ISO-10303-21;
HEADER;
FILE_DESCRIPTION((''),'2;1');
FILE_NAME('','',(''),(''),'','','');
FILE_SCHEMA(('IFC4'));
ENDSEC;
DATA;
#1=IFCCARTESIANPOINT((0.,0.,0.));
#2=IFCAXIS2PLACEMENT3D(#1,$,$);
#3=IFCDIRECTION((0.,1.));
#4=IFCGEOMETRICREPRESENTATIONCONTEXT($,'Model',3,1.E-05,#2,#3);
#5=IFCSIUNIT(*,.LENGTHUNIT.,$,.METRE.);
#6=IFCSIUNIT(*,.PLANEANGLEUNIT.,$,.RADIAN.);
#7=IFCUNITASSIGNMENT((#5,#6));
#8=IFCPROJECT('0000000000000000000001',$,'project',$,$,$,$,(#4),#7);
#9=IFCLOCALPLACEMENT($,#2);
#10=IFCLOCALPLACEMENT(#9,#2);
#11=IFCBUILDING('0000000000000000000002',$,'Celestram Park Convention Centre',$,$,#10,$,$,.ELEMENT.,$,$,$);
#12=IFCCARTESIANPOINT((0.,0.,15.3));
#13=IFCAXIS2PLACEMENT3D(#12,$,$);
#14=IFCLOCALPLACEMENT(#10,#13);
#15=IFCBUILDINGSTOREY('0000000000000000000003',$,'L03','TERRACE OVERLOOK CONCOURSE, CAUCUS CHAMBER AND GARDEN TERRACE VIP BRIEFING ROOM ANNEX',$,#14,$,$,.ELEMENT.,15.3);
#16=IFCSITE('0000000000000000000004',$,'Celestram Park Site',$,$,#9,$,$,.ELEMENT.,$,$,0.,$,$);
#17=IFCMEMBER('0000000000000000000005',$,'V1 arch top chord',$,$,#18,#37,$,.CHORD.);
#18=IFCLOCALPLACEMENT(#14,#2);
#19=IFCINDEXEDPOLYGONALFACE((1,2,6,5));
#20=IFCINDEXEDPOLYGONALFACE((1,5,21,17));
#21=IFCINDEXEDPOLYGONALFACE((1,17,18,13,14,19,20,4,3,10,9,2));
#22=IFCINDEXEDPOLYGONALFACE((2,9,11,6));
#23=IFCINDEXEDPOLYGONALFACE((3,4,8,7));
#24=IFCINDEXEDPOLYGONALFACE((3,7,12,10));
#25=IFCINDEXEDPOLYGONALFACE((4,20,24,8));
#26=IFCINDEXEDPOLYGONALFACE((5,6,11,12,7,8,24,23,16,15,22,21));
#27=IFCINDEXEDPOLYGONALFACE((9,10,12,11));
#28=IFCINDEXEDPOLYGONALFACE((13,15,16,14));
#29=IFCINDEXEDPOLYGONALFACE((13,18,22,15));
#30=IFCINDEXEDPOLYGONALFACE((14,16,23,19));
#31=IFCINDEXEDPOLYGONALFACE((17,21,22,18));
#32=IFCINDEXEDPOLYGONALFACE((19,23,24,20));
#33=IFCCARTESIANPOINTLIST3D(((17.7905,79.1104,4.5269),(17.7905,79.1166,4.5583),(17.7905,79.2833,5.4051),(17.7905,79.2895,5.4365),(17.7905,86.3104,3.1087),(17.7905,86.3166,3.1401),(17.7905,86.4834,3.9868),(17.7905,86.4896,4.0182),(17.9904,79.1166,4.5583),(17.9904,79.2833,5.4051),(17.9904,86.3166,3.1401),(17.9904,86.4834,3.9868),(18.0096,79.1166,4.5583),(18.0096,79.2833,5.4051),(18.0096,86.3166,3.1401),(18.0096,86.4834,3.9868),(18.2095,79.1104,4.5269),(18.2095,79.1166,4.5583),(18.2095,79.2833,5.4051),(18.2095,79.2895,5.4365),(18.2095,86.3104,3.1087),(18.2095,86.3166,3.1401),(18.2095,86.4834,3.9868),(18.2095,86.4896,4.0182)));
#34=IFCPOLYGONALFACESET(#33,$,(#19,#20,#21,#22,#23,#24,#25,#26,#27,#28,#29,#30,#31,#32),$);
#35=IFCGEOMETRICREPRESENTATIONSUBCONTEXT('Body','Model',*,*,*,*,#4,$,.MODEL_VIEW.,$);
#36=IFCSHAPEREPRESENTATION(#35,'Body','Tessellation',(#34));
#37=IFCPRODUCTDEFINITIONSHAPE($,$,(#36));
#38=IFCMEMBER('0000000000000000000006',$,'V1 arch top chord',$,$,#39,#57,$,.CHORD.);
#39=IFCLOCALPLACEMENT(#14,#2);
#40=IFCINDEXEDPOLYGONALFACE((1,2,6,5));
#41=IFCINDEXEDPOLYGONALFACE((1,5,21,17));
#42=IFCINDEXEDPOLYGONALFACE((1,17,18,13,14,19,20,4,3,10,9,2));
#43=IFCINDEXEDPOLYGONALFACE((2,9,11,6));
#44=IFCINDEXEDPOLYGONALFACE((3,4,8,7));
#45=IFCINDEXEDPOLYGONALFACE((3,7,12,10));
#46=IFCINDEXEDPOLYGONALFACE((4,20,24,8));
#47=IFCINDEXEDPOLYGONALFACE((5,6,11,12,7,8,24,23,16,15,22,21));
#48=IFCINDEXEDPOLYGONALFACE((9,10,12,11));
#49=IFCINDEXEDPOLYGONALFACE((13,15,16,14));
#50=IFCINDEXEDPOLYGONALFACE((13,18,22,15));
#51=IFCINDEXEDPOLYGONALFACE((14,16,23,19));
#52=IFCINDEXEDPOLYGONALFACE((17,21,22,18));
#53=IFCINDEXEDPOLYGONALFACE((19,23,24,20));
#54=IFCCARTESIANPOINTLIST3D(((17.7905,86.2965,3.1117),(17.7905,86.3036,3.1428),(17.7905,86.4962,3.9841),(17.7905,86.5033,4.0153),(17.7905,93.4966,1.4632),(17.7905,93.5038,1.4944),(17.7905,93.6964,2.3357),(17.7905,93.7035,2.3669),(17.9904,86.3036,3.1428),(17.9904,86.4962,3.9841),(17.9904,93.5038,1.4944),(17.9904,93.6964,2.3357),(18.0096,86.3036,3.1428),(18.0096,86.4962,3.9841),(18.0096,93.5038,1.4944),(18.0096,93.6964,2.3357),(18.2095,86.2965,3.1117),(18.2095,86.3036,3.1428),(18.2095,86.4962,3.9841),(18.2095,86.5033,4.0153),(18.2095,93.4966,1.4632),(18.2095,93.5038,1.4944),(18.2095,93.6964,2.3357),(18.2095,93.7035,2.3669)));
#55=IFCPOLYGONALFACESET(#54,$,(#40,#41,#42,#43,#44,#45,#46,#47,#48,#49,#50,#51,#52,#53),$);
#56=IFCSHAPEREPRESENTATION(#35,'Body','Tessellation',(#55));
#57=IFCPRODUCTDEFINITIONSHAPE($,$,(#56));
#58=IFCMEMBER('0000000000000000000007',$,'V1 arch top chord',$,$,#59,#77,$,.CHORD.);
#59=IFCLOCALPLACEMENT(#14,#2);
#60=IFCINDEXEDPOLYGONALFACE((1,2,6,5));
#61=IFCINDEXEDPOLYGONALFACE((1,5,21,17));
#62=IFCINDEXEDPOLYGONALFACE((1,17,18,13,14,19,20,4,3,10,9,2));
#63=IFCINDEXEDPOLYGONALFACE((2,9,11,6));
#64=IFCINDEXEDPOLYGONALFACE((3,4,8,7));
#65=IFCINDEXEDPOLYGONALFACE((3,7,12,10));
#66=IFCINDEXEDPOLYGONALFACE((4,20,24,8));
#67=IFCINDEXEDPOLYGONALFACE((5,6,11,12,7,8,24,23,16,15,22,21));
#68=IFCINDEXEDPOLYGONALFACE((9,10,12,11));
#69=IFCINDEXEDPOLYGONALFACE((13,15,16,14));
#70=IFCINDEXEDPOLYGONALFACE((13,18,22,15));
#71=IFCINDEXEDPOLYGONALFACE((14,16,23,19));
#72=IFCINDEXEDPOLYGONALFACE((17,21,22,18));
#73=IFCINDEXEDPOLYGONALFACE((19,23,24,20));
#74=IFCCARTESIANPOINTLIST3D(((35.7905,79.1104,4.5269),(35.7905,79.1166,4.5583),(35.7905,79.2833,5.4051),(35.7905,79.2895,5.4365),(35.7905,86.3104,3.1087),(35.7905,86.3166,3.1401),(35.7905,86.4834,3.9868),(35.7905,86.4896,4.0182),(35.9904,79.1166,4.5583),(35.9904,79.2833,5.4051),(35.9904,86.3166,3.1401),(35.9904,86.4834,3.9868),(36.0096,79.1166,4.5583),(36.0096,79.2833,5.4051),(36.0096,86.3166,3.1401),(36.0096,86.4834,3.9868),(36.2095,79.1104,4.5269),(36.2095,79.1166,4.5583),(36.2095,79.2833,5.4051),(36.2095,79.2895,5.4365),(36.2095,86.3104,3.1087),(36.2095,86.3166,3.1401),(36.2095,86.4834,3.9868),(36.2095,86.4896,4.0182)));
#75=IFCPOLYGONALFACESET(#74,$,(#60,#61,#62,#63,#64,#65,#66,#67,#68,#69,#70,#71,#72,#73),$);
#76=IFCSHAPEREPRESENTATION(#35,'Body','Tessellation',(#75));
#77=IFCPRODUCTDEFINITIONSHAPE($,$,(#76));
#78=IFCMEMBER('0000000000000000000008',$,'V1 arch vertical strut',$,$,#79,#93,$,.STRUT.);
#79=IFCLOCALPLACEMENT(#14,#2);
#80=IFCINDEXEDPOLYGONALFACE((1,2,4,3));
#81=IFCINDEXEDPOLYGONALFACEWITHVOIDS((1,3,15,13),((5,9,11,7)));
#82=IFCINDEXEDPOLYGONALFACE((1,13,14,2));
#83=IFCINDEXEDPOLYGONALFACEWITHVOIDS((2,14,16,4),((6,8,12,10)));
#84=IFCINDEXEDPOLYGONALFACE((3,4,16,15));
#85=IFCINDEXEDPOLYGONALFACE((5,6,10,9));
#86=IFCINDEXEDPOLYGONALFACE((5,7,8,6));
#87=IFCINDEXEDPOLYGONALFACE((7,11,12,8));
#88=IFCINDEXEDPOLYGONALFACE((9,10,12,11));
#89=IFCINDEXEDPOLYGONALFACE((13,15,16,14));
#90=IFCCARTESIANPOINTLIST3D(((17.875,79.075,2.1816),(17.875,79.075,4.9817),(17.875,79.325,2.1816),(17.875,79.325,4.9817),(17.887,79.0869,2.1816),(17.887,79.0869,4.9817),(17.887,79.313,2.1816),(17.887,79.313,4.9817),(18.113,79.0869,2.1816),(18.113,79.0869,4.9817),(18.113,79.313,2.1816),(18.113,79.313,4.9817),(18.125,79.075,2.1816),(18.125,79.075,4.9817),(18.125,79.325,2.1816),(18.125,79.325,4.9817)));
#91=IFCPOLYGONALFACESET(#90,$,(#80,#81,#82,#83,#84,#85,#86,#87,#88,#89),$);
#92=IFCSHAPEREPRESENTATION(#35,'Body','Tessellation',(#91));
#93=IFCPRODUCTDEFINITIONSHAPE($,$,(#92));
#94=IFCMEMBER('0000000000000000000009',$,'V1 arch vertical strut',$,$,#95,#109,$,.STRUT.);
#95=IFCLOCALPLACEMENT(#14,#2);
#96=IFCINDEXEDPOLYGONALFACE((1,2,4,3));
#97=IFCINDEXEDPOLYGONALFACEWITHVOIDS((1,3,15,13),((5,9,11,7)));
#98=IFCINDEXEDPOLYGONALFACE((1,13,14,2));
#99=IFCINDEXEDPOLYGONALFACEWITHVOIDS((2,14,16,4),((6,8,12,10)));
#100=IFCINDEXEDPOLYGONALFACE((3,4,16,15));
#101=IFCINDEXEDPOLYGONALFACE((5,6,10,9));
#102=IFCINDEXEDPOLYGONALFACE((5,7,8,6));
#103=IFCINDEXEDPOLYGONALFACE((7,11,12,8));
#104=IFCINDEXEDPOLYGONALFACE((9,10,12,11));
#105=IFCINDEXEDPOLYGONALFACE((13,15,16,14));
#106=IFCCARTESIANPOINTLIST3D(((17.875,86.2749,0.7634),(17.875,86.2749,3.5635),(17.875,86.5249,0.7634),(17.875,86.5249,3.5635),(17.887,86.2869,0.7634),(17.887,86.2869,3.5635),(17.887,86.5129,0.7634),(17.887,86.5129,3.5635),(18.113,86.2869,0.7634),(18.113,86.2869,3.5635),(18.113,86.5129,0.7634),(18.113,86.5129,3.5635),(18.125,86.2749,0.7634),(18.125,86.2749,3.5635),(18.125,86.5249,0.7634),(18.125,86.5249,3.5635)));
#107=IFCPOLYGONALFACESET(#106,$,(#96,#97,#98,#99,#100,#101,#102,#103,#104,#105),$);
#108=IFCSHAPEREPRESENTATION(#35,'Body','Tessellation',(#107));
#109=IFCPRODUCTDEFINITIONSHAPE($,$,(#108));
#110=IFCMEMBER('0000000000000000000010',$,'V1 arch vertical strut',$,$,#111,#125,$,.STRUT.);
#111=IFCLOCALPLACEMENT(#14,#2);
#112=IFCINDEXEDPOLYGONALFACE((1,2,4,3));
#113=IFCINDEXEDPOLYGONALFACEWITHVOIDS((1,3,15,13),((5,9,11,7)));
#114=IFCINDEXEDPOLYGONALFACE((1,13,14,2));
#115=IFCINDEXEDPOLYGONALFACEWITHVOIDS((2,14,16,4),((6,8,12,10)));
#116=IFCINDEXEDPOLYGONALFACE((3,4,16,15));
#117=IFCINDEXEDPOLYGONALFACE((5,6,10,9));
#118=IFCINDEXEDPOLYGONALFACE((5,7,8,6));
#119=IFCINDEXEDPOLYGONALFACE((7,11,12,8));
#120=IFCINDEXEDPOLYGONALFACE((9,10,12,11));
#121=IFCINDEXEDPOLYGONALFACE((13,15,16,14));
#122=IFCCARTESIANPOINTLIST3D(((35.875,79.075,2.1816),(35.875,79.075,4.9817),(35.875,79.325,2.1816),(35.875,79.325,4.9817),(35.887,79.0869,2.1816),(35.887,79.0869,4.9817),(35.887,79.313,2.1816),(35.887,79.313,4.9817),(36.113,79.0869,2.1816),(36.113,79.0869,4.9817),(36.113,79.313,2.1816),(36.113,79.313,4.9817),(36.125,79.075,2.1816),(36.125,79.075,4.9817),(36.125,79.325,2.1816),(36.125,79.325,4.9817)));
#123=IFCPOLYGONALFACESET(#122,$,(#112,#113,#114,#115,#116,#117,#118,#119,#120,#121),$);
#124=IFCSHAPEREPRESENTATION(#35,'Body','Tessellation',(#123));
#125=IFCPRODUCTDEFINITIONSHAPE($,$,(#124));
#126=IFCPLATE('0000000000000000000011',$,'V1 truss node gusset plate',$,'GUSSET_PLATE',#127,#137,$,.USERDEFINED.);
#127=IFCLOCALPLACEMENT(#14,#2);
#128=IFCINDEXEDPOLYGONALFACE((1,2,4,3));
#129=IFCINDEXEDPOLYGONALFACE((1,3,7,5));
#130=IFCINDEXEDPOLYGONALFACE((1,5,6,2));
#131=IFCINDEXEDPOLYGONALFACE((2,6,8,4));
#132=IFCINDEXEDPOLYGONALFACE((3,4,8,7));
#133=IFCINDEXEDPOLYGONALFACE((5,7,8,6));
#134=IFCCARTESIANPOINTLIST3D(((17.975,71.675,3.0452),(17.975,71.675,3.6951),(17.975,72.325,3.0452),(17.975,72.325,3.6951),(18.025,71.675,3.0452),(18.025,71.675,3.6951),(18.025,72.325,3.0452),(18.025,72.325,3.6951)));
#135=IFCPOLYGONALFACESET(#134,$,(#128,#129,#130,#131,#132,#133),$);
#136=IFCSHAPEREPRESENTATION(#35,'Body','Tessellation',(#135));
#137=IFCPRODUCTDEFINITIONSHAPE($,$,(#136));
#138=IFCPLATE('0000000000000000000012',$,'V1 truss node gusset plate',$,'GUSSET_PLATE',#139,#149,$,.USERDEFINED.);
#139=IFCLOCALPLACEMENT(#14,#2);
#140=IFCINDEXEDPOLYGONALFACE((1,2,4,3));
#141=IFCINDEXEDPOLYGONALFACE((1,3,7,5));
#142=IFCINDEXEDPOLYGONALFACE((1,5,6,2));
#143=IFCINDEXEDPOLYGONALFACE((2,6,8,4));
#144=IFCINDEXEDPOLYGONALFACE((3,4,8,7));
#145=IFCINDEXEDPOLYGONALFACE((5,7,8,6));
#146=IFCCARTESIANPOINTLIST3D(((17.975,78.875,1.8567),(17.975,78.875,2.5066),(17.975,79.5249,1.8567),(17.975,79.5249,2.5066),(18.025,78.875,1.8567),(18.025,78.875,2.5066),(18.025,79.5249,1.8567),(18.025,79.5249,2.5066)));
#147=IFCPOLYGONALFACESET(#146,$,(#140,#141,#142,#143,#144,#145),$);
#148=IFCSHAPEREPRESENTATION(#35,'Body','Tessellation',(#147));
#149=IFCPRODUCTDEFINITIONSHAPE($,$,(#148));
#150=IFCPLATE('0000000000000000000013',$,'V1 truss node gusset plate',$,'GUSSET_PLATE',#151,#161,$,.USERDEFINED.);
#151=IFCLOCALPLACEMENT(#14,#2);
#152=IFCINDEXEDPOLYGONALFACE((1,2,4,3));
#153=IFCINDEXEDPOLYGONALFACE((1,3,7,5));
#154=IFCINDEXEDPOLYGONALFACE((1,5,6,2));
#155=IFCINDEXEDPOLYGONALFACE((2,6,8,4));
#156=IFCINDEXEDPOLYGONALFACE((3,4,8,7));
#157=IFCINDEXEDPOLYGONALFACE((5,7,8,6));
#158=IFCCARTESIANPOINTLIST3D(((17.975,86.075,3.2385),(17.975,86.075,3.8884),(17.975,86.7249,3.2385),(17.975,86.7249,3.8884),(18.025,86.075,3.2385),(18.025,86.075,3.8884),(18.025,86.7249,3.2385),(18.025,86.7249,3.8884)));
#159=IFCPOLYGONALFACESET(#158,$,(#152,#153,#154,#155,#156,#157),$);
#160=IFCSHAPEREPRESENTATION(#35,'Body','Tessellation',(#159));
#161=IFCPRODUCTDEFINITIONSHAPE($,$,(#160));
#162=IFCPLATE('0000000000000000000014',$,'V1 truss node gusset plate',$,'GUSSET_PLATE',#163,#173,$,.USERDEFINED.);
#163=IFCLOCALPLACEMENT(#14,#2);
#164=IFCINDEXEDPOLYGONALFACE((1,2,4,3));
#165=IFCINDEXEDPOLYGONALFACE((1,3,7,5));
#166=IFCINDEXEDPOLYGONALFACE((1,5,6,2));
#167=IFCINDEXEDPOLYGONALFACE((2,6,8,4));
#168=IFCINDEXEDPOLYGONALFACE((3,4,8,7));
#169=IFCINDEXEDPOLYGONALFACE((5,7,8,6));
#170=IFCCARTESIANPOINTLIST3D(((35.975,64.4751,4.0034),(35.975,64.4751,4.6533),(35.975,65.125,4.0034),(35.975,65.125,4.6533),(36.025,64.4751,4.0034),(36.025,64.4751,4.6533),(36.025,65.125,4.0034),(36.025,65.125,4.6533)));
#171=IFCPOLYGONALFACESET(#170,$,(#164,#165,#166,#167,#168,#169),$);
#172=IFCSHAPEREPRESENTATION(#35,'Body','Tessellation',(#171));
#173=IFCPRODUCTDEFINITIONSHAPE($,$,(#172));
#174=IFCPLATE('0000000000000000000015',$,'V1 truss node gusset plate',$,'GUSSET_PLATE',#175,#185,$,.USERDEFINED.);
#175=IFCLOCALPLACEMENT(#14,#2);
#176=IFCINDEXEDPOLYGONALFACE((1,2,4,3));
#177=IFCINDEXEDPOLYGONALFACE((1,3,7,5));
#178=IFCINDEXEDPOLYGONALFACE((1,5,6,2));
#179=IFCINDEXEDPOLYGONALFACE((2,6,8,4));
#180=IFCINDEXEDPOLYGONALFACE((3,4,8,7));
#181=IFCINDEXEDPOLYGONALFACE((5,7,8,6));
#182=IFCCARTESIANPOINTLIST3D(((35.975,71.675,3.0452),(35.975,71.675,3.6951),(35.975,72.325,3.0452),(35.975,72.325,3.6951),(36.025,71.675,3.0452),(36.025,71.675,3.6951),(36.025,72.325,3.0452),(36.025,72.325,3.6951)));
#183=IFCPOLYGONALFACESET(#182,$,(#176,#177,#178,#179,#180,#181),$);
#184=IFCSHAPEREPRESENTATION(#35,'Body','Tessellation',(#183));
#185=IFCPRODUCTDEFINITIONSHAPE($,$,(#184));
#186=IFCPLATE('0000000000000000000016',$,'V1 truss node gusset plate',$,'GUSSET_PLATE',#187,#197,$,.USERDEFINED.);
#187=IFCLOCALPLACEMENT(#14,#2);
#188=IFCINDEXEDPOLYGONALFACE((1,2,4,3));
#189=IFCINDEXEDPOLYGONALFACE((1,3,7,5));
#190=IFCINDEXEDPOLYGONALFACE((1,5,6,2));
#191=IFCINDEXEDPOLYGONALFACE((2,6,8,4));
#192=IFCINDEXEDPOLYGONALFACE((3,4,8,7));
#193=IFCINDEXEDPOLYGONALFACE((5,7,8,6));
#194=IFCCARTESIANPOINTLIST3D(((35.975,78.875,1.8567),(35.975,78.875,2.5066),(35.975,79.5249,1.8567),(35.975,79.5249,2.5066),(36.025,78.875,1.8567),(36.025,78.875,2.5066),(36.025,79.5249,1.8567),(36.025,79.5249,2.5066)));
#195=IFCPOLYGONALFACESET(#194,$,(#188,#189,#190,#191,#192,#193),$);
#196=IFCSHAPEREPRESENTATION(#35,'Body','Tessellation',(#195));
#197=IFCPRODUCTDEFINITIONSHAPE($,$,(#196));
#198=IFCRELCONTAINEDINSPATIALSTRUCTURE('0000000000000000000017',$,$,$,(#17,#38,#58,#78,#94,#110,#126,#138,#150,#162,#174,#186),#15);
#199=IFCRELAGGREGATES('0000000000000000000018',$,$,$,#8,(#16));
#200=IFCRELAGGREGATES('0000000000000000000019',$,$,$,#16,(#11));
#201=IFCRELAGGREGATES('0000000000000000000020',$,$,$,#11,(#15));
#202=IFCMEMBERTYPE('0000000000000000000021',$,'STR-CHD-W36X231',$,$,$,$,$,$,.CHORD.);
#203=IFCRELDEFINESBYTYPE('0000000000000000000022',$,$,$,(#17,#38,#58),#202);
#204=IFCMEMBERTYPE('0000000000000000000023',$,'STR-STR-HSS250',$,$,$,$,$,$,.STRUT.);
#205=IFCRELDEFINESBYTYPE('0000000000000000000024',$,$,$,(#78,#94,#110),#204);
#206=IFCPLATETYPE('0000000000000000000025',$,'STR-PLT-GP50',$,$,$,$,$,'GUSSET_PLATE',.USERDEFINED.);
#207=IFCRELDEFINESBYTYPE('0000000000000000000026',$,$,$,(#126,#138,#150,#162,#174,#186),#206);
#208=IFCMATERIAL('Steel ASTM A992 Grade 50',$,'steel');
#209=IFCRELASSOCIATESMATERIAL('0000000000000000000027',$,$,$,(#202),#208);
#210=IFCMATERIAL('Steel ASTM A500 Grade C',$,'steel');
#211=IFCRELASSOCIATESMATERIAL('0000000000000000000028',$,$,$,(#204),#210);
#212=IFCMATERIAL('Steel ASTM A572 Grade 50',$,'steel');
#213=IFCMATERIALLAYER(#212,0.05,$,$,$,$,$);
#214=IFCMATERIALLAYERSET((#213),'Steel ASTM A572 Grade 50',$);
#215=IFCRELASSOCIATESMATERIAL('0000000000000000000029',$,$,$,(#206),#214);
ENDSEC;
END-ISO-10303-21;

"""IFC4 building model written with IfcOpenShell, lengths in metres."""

from ifc_helpers import new_model, si_unit, direction, frame, origin, origin_2d, place, context, subcontext, project, spatial, rectangle, hollow_rectangle, i_section, extrude, material, layer, layer_set, material_profile, profile_set, type_object, element, save


model = new_model("IFC4")

# Units and contexts
model_context = context("Model", 3, precision=1e-05, world=origin(), true_north=direction((0.0, 1.0)))
body_context = subcontext(model_context, "Body", "Model", "MODEL_VIEW")
ifc_project = project(units=[si_unit("LENGTHUNIT", "METRE"), si_unit("PLANEANGLEUNIT", "RADIAN")], contexts=[model_context])

# Site, building, storey
site_placement = place(None, origin())
site = spatial("IfcSite", under=ifc_project, at=site_placement, Name="Celestram Park Site", CompositionType="ELEMENT", RefElevation=0.0)
building_placement = place(site_placement, origin())
building = spatial("IfcBuilding", under=site, at=building_placement, Name="Celestram Park Convention Centre", CompositionType="ELEMENT")
storey_placement = place(building_placement, frame((0.0, 0.0, 15.3)))
storey = spatial("IfcBuildingStorey", under=building, at=storey_placement, Name="L03", Description="TERRACE OVERLOOK CONCOURSE, CAUCUS CHAMBER AND GARDEN TERRACE VIP BRIEFING ROOM ANNEX", CompositionType="ELEMENT", Elevation=15.3)

# Members
ifc_material_1 = material(Name="Steel ASTM A500 Grade C", Category="steel")
ifc_material_2 = material(Name="Steel ASTM A992 Grade 50", Category="steel")
ifc_material_profile_1 = material_profile(ifc_material_2, i_section(OverallWidth=0.4189, OverallDepth=0.927, WebThickness=0.0193, FlangeThickness=0.032, at=origin_2d()), Name="W36X231")
ifc_profile_set_1 = profile_set([ifc_material_profile_1], Name="Steel ASTM A992 Grade 50")
member_type_1 = type_object("IfcMemberType", Name="STR-CHD-W36X231", PredefinedType="CHORD", material=ifc_profile_set_1)
member_1_placement = place(storey_placement, frame((18.0, 79.2, 4.9817), z_axis=(0.0, 0.981147, -0.193262), x_axis=(-1.0, 0.0, 0.0)))
element("IfcMember", 1, at=member_1_placement, inside=storey, type_object=member_type_1, Name="V1 arch top chord", PredefinedType="CHORD", context=body_context, shape_type="SweptSolid", body=[
    extrude(i_section(OverallWidth=0.4189, OverallDepth=0.927, WebThickness=0.0193, FlangeThickness=0.032, at=origin_2d()), origin(), (0.0, 0.0, 1.0), 7.3384),
])
member_2_placement = place(storey_placement, frame((18.0, 86.3999, 3.5635), z_axis=(0.0, 0.97478, -0.223169), x_axis=(-1.0, 0.0, 0.0)))
element("IfcMember", 2, at=member_2_placement, inside=storey, type_object=member_type_1, Name="V1 arch top chord", PredefinedType="CHORD", context=body_context, shape_type="SweptSolid", body=[
    extrude(i_section(OverallWidth=0.4189, OverallDepth=0.927, WebThickness=0.0193, FlangeThickness=0.032, at=origin_2d()), origin(), (0.0, 0.0, 1.0), 7.3865),
])
member_3_placement = place(storey_placement, frame((36.0, 79.2, 4.9817), z_axis=(0.0, 0.981147, -0.193262), x_axis=(-1.0, 0.0, 0.0)))
element("IfcMember", 3, at=member_3_placement, inside=storey, type_object=member_type_1, Name="V1 arch top chord", PredefinedType="CHORD", context=body_context, shape_type="SweptSolid", body=[
    extrude(i_section(OverallWidth=0.4189, OverallDepth=0.927, WebThickness=0.0193, FlangeThickness=0.032, at=origin_2d()), origin(), (0.0, 0.0, 1.0), 7.3384),
])
ifc_material_profile_2 = material_profile(ifc_material_1, hollow_rectangle(XDim=0.25, YDim=0.25, WallThickness=0.012, at=origin_2d()), Name="HSS250X250X12")
ifc_profile_set_2 = profile_set([ifc_material_profile_2], Name="Steel ASTM A500 Grade C")
member_type_2 = type_object("IfcMemberType", Name="STR-STR-HSS250", PredefinedType="STRUT", material=ifc_profile_set_2)
for number, where, z_axis, x_axis, name in (
    (4, (18.0, 79.2, 2.1816), (0.0, 0.0, 1.0), (1.0, 0.0, 0.0), "V1 arch vertical strut"),
    (5, (18.0, 86.3999, 0.7634), (0.0, 0.0, 1.0), (1.0, 0.0, 0.0), "V1 arch vertical strut"),
    (6, (36.0, 79.2, 2.1816), (0.0, 0.0, 1.0), (1.0, 0.0, 0.0), "V1 arch vertical strut"),
):
    element("IfcMember", number, at=place(storey_placement, frame(where, z_axis=z_axis, x_axis=x_axis)), inside=storey, type_object=member_type_2, Name=name, PredefinedType="STRUT", context=body_context, shape_type="SweptSolid", body=[
        extrude(hollow_rectangle(XDim=0.25, YDim=0.25, WallThickness=0.012, at=origin_2d()), origin(), (0.0, 0.0, 1.0), 2.8),
    ])

# Plates
ifc_material_3 = material(Name="Steel ASTM A572 Grade 50", Category="steel")
ifc_layer = layer(ifc_material_3, 0.05)
ifc_layer_set = layer_set([ifc_layer], Name="Steel ASTM A572 Grade 50")
plate_type = type_object("IfcPlateType", Name="STR-PLT-GP50", ElementType="GUSSET_PLATE", PredefinedType="USERDEFINED", material=ifc_layer_set)
for number, where, z_axis, x_axis, name in (
    (7, (18.0, 72.0, 3.0452), (0.0, 0.0, 1.0), (0.0, 1.0, 0.0), "V1 truss node gusset plate"),
    (8, (18.0, 79.2, 1.8567), (0.0, 0.0, 1.0), (0.0, 1.0, 0.0), "V1 truss node gusset plate"),
    (9, (18.0, 86.3999, 3.2385), (0.0, 0.0, 1.0), (0.0, 1.0, 0.0), "V1 truss node gusset plate"),
    (10, (36.0, 64.8, 4.0034), (0.0, 0.0, 1.0), (0.0, 1.0, 0.0), "V1 truss node gusset plate"),
    (11, (36.0, 72.0, 3.0452), (0.0, 0.0, 1.0), (0.0, 1.0, 0.0), "V1 truss node gusset plate"),
    (12, (36.0, 79.2, 1.8567), (0.0, 0.0, 1.0), (0.0, 1.0, 0.0), "V1 truss node gusset plate"),
):
    element("IfcPlate", number, at=place(storey_placement, frame(where, z_axis=z_axis, x_axis=x_axis)), inside=storey, type_object=plate_type, Name=name, ObjectType="GUSSET_PLATE", PredefinedType="USERDEFINED", context=body_context, shape_type="SweptSolid", body=[
        extrude(rectangle(XDim=0.6499, YDim=0.05, at=origin_2d()), origin(), (0.0, 0.0, 1.0), 0.6499),
    ])

save(model, "model.ifc")
